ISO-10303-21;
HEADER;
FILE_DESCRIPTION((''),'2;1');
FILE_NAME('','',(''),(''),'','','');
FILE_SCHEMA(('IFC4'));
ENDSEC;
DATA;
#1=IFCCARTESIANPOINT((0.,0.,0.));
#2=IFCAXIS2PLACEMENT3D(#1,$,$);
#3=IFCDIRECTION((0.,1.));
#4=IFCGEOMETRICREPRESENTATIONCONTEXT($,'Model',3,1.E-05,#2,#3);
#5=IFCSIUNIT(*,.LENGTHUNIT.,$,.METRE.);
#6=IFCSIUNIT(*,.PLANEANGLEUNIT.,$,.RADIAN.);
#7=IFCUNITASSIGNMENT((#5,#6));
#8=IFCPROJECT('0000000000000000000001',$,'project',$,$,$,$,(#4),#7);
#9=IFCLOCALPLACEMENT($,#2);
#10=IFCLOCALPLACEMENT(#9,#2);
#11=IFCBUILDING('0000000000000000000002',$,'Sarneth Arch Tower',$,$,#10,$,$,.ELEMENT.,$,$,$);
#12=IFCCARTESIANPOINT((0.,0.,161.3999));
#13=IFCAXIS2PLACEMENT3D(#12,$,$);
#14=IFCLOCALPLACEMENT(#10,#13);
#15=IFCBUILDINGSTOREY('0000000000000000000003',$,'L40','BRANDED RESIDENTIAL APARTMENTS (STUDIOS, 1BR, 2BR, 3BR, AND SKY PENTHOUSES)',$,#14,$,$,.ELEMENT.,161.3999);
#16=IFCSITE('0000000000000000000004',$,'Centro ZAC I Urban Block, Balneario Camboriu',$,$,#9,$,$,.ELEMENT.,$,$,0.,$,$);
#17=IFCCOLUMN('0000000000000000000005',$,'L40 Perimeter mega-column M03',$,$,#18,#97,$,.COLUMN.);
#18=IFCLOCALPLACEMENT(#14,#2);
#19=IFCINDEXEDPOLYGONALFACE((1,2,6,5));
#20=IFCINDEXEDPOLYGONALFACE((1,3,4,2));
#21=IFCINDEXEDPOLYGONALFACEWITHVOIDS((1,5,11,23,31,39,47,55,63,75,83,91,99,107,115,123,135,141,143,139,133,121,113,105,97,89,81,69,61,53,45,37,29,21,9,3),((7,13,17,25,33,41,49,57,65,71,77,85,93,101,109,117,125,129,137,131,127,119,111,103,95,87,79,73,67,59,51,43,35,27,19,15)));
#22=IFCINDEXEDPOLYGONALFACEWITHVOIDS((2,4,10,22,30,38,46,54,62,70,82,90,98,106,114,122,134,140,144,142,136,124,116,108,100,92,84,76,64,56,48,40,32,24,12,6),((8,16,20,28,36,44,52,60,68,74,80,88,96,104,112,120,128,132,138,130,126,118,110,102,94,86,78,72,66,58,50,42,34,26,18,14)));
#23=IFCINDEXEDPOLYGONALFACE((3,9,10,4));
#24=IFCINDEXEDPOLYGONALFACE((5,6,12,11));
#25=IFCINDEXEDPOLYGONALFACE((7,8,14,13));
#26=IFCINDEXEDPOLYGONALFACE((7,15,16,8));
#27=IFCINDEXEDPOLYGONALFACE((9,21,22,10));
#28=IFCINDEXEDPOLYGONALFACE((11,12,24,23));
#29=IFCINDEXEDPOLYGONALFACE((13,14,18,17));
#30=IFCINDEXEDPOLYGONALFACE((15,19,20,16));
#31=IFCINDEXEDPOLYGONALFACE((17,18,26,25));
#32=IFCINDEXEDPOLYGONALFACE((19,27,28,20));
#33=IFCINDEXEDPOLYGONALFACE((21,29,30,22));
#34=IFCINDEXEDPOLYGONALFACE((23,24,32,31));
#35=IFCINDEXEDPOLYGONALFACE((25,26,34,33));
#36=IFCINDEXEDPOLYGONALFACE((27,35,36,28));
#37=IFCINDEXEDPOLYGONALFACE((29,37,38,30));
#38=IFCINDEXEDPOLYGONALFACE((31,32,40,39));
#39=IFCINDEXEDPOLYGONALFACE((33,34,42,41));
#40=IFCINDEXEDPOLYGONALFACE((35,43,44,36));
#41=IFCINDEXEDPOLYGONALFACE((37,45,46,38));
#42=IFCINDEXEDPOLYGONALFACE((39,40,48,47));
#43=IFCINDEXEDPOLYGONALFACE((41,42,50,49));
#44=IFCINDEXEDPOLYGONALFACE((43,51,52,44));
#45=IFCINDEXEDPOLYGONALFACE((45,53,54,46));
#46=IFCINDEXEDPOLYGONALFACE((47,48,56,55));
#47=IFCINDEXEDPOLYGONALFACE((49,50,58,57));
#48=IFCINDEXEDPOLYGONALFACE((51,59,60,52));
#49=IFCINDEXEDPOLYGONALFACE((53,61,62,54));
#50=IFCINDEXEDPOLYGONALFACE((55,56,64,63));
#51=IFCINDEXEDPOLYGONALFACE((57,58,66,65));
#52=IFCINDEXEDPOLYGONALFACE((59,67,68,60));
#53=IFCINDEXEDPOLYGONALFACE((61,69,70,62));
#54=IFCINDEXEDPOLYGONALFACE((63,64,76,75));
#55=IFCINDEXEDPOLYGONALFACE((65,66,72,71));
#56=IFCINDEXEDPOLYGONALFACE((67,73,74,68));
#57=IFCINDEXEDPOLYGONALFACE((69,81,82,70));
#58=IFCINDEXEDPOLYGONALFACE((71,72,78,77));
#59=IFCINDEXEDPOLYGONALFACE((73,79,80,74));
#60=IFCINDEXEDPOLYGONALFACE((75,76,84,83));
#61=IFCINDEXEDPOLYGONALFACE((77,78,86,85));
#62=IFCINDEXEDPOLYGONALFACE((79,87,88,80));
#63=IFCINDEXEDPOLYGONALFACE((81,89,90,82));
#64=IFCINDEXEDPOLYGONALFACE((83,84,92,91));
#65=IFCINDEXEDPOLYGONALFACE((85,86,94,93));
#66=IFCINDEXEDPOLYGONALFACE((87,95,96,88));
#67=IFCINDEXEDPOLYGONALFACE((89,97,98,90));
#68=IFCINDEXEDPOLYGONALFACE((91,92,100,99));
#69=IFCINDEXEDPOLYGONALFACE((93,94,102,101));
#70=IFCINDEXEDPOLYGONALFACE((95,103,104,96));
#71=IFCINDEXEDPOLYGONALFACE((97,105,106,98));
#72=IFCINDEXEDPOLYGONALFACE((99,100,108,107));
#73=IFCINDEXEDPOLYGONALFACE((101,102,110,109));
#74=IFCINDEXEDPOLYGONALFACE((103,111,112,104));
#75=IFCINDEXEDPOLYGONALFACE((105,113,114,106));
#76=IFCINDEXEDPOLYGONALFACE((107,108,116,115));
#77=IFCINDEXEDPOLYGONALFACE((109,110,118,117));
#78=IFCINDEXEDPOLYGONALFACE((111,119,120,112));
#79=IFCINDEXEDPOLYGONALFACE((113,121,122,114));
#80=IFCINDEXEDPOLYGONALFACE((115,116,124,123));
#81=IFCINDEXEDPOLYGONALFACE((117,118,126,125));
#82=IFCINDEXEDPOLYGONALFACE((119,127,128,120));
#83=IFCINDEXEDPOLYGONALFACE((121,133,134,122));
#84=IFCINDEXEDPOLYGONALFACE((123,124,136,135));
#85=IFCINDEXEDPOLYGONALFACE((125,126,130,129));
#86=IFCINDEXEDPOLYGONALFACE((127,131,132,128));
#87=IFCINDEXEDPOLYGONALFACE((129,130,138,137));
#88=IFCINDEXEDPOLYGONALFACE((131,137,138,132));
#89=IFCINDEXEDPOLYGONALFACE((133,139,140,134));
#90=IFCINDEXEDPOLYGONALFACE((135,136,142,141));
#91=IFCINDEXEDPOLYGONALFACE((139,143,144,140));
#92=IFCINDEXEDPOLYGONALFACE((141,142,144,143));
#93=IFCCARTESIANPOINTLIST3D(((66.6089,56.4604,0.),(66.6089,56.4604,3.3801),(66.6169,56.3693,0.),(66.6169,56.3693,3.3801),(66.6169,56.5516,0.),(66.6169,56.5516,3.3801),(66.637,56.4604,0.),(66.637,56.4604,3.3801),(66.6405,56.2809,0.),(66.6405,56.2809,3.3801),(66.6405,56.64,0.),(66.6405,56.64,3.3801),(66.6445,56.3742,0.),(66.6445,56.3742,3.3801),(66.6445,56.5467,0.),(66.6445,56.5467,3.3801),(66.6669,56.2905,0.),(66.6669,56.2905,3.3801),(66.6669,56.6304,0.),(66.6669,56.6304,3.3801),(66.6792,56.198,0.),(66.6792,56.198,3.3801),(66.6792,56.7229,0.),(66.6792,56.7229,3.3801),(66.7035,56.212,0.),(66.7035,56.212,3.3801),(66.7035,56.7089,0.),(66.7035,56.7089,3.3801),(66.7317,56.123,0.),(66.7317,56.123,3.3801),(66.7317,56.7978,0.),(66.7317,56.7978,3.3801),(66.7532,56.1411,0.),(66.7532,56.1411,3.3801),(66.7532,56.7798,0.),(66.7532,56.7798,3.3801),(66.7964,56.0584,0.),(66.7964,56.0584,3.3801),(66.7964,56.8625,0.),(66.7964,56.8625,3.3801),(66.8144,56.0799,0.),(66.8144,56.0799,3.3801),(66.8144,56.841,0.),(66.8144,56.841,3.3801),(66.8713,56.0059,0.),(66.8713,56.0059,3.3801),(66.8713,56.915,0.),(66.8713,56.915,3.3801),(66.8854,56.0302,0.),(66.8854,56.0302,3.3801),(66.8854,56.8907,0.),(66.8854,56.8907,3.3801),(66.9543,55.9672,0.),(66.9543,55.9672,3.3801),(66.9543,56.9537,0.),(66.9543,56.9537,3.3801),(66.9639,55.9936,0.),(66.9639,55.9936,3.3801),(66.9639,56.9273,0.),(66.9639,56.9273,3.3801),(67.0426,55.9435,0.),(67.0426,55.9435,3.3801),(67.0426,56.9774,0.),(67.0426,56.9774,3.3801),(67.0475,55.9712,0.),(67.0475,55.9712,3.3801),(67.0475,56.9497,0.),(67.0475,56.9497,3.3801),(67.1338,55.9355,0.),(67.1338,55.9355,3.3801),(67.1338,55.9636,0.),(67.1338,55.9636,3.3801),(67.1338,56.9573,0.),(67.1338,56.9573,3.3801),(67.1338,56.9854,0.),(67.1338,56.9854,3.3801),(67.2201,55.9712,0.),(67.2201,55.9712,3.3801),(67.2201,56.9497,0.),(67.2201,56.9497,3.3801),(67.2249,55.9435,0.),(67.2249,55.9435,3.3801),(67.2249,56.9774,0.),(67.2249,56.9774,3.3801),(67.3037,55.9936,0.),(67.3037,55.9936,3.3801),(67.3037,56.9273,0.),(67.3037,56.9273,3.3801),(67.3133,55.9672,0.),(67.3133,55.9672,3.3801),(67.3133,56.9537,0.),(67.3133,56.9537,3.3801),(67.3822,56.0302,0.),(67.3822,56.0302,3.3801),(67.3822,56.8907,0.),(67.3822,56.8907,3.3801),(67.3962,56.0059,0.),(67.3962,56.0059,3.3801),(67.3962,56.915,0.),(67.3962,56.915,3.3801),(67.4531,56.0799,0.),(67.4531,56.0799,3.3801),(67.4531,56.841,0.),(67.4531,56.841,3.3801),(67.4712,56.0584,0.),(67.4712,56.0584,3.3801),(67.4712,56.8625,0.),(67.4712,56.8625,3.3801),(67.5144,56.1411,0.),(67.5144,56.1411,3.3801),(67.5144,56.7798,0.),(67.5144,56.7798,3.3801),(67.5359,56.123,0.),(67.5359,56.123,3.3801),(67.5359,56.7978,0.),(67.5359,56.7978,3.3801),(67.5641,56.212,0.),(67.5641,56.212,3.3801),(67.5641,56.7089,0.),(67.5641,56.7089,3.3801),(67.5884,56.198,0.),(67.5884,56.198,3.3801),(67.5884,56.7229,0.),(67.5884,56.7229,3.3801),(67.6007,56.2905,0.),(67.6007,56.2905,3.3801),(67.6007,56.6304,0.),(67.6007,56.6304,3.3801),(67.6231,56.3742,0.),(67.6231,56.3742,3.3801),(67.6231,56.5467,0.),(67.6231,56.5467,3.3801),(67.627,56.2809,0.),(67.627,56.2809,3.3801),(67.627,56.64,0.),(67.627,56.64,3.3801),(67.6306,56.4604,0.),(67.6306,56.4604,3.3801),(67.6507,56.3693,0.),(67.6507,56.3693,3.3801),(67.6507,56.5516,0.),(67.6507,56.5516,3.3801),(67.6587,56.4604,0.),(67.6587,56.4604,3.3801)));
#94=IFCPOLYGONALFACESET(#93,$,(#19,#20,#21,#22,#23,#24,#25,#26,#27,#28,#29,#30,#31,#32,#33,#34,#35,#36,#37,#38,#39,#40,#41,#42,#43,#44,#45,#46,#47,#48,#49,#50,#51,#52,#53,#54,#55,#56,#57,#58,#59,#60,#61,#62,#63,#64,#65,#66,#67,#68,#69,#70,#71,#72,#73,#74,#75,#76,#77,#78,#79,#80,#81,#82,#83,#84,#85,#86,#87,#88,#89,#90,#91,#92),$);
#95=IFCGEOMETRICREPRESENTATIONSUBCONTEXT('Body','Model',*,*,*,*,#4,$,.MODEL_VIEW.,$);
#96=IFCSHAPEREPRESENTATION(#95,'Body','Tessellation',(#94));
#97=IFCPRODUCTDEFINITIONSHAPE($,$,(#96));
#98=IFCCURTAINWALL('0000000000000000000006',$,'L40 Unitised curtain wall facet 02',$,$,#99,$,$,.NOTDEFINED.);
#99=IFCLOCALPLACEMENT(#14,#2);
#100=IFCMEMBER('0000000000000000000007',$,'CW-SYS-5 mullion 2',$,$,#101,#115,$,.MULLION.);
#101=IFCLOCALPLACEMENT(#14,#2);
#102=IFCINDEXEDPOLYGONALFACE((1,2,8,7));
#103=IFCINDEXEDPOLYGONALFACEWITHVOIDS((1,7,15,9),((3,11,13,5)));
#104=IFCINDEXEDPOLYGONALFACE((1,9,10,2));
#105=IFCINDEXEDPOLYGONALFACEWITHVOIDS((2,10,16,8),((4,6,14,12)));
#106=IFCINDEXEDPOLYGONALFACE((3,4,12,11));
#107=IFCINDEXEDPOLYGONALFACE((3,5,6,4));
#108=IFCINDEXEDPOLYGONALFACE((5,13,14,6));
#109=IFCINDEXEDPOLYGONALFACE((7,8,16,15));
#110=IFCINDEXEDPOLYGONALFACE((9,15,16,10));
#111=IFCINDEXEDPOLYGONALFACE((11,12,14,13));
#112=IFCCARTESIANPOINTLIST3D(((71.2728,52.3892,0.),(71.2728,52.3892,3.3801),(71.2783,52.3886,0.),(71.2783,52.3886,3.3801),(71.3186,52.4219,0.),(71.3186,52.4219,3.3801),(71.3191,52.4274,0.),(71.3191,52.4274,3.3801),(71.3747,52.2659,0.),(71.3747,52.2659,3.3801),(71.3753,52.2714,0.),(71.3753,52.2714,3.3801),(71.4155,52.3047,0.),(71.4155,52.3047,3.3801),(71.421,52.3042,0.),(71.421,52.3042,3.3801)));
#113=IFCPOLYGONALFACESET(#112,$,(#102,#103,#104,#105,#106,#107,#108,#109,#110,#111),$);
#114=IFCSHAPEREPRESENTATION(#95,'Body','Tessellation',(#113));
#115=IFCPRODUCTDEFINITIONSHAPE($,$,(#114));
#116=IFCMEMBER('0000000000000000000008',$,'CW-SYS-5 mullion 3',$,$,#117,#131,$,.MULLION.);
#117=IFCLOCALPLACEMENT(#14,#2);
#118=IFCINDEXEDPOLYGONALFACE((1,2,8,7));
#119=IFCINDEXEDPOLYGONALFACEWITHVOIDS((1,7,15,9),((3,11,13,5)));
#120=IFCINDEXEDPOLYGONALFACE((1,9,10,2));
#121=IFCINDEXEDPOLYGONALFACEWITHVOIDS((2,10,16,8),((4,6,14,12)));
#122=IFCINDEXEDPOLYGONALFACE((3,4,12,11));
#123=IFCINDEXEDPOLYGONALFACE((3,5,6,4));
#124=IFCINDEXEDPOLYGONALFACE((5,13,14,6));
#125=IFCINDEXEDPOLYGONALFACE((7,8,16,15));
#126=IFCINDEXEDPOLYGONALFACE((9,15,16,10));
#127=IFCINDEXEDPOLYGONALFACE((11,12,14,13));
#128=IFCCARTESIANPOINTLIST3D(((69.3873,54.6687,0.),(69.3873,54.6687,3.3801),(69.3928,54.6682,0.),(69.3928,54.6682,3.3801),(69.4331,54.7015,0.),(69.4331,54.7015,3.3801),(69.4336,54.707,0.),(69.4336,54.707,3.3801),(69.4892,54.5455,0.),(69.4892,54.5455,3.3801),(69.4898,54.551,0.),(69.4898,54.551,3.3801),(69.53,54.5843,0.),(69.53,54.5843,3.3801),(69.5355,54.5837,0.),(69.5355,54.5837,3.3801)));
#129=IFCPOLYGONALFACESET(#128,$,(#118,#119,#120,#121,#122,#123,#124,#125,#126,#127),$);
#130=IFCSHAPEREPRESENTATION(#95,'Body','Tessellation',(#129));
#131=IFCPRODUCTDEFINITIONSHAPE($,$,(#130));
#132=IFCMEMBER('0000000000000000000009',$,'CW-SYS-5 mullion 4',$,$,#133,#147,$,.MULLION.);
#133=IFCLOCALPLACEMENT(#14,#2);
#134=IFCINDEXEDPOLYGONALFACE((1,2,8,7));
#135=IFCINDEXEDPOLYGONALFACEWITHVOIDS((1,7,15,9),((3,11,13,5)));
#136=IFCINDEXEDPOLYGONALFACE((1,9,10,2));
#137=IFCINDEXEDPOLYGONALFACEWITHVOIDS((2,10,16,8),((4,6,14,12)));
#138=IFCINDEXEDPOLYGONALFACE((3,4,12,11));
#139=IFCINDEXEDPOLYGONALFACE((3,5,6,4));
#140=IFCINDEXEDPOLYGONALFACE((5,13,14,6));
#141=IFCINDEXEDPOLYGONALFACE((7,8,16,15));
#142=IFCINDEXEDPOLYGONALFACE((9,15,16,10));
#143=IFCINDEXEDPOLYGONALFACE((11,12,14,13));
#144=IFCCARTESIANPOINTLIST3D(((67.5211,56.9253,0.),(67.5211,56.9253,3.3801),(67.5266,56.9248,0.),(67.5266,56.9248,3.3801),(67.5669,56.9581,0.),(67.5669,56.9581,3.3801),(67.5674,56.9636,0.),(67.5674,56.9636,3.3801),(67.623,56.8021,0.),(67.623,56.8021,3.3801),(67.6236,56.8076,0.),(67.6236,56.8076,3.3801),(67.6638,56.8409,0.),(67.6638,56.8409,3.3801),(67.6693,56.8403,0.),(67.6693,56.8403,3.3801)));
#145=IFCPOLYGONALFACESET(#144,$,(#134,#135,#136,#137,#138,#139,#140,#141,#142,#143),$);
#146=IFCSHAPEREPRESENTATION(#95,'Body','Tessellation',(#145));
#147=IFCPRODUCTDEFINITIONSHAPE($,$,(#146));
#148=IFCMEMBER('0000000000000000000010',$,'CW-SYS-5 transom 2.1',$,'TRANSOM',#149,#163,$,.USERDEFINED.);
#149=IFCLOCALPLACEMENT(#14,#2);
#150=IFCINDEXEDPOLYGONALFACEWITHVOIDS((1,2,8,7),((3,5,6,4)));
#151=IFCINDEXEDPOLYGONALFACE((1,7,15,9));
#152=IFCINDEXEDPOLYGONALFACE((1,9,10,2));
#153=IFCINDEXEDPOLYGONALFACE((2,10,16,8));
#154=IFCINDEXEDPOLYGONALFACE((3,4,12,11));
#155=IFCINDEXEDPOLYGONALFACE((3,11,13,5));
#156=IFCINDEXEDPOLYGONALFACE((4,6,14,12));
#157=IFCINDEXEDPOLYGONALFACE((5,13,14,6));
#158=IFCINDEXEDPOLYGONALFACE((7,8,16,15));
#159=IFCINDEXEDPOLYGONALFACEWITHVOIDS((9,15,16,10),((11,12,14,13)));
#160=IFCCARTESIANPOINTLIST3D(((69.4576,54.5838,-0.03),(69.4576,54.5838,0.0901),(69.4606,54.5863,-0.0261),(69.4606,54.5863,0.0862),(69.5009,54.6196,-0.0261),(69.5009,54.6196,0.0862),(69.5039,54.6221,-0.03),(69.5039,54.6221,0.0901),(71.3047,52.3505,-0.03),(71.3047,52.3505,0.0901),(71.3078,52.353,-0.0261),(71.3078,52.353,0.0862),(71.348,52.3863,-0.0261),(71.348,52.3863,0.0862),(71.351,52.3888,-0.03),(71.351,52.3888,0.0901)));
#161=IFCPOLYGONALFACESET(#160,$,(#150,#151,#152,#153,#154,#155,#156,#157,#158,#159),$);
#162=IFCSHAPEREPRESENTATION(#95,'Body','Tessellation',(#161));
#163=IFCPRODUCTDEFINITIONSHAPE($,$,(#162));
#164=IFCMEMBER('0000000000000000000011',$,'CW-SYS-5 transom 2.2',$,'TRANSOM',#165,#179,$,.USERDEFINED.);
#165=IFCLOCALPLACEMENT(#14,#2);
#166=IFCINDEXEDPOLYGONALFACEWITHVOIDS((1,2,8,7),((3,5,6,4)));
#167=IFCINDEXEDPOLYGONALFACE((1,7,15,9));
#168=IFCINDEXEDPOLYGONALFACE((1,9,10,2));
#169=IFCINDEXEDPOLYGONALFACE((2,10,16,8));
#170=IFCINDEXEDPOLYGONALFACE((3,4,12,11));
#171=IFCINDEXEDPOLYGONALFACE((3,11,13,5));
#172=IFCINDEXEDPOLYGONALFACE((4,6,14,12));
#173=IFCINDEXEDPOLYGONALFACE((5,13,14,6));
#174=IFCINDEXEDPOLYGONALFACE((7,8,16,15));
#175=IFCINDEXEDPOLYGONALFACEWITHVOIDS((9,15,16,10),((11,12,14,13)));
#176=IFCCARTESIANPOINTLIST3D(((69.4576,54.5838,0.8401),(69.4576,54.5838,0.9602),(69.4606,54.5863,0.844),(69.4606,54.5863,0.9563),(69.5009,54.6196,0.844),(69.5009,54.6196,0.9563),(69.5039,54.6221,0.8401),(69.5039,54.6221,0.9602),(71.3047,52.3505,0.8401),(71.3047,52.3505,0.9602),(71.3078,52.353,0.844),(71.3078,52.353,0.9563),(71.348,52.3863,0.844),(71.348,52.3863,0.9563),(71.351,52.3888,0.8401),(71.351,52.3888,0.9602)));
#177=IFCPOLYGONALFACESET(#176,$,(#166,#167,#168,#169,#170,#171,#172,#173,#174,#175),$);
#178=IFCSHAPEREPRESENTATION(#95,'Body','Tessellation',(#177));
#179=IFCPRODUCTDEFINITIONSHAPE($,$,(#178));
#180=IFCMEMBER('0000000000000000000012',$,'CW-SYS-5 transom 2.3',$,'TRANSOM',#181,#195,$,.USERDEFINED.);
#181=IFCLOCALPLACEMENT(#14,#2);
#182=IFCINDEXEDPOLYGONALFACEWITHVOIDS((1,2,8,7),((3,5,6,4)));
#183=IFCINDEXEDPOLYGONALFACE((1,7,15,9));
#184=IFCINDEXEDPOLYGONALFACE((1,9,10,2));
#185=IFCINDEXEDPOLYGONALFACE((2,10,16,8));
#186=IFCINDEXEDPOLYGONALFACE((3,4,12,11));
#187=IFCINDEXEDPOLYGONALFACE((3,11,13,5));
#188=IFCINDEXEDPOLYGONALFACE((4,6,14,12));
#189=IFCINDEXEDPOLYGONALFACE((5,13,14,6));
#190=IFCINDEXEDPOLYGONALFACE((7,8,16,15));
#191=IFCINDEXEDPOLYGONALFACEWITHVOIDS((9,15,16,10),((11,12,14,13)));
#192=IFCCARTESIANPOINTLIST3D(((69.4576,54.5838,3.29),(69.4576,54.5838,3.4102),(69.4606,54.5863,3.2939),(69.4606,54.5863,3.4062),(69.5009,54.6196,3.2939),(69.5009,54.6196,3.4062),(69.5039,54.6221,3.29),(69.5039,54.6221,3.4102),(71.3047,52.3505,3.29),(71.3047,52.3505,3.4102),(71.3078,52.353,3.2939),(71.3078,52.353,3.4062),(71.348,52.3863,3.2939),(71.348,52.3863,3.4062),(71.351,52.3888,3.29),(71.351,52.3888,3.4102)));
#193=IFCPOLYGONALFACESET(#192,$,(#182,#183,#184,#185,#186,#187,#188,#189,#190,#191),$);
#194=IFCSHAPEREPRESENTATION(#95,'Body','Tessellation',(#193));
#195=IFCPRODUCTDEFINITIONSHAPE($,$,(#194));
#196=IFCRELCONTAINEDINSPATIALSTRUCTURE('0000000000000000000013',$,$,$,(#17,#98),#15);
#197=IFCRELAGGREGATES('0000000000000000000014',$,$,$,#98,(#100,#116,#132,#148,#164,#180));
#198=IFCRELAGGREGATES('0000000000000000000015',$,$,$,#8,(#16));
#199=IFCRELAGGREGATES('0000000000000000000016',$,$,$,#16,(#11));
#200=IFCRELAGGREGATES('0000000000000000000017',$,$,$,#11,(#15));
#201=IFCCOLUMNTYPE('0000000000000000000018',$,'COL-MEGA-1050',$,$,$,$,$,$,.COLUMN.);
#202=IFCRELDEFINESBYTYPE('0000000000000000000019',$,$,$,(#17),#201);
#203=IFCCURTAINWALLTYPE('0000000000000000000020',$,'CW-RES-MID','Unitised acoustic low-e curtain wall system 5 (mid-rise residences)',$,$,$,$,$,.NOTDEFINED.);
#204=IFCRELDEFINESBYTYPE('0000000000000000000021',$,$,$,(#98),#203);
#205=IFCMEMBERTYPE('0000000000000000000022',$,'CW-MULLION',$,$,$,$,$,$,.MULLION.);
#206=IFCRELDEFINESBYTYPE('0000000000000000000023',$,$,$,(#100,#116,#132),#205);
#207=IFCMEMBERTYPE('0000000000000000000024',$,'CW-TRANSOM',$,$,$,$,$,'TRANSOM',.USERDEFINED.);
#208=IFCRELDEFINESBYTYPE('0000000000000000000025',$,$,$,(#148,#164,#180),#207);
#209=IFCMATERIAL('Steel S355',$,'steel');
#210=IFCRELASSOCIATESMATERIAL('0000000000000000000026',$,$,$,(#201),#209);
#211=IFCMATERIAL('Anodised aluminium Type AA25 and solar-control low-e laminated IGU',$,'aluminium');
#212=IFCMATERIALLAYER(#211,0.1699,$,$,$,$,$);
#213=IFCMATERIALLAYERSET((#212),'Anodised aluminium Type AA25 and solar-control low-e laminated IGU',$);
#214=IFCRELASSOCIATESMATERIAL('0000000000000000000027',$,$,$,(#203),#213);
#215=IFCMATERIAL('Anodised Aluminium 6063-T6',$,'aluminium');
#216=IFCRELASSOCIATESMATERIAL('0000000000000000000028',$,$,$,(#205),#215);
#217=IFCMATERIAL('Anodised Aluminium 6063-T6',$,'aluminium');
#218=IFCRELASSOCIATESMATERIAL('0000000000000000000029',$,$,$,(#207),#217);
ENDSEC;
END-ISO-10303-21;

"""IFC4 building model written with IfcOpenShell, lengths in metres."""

from ifc_helpers import new_model, si_unit, direction, frame, origin, origin_2d, place, context, subcontext, project, spatial, hollow_rectangle, hollow_circle, extrude, material, layer, layer_set, material_profile, profile_set, type_object, element, aggregate, save


model = new_model("IFC4")

# Units and contexts
model_context = context("Model", 3, precision=1e-05, world=origin(), true_north=direction((0.0, 1.0)))
body_context = subcontext(model_context, "Body", "Model", "MODEL_VIEW")
ifc_project = project(units=[si_unit("LENGTHUNIT", "METRE"), si_unit("PLANEANGLEUNIT", "RADIAN")], contexts=[model_context])

# Site, building, storey
site_placement = place(None, origin())
site = spatial("IfcSite", under=ifc_project, at=site_placement, Name="Centro ZAC I Urban Block, Balneario Camboriu", CompositionType="ELEMENT", RefElevation=0.0)
building_placement = place(site_placement, origin())
building = spatial("IfcBuilding", under=site, at=building_placement, Name="Sarneth Arch Tower", CompositionType="ELEMENT")
storey_placement = place(building_placement, frame((0.0, 0.0, 161.3999)))
storey = spatial("IfcBuildingStorey", under=building, at=storey_placement, Name="L40", Description="BRANDED RESIDENTIAL APARTMENTS (STUDIOS, 1BR, 2BR, 3BR, AND SKY PENTHOUSES)", CompositionType="ELEMENT", Elevation=161.3999)

# Column
ifc_material_1 = material(Name="Steel S355", Category="steel")
ifc_material_profile_1 = material_profile(ifc_material_1, hollow_circle(Radius=0.5249, WallThickness=0.0281, at=origin_2d()), Name="CHS1050x28")
ifc_profile_set_1 = profile_set([ifc_material_profile_1], Name="Steel S355")
column_type = type_object("IfcColumnType", Name="COL-MEGA-1050", PredefinedType="COLUMN", material=ifc_profile_set_1)
column_placement = place(storey_placement, frame((67.1338, 56.4604, 0.0), z_axis=(0.0, 0.0, 1.0), x_axis=(1.0, 0.0, 0.0)))
element("IfcColumn", 1, at=column_placement, inside=storey, type_object=column_type, Name="L40 Perimeter mega-column M03", PredefinedType="COLUMN", context=body_context, shape_type="SweptSolid", body=[
    extrude(hollow_circle(Radius=0.5249, WallThickness=0.0281, at=origin_2d()), origin(), (0.0, 0.0, 1.0), 3.3801),
])

# Curtain wall, members
ifc_material_2 = material(Name="Anodised aluminium Type AA25 and solar-control low-e laminated IGU", Category="aluminium")
ifc_layer_1 = layer(ifc_material_2, 0.1699)
ifc_layer_set_1 = layer_set([ifc_layer_1], Name="Anodised aluminium Type AA25 and solar-control low-e laminated IGU")
curtain_wall_type = type_object("IfcCurtainWallType", Name="CW-RES-MID", Description="Unitised acoustic low-e curtain wall system 5 (mid-rise residences)", PredefinedType="NOTDEFINED", material=ifc_layer_set_1)
curtain_wall_placement = place(storey_placement, origin())
curtain_wall = element("IfcCurtainWall", 2, at=curtain_wall_placement, inside=storey, type_object=curtain_wall_type, Name="L40 Unitised curtain wall facet 02", PredefinedType="NOTDEFINED")
ifc_material_3 = material(Name="Anodised Aluminium 6063-T6", Category="aluminium")
ifc_material_profile_2 = material_profile(ifc_material_3, hollow_rectangle(XDim=0.0601, YDim=0.1599, WallThickness=0.0039, at=origin_2d()), Name="AL-MULL-160x60x4")
ifc_profile_set_2 = profile_set([ifc_material_profile_2], Name="Anodised Aluminium 6063-T6")
member_type_1 = type_object("IfcMemberType", Name="CW-MULLION", PredefinedType="MULLION", material=ifc_profile_set_2)
member_1_placement = place(storey_placement, frame((71.3469, 52.3467, 0.0), z_axis=(0.0, 0.0, 1.0), x_axis=(-0.770591, -0.63733, 0.0)))
member_1 = element("IfcMember", 3, at=member_1_placement, type_object=member_type_1, Name="CW-SYS-5 mullion 2", PredefinedType="MULLION", context=body_context, shape_type="SweptSolid", body=[
    extrude(hollow_rectangle(XDim=0.0601, YDim=0.1599, WallThickness=0.0039, at=origin_2d()), origin(), (0.0, 0.0, 1.0), 3.3801),
])
member_2_placement = place(storey_placement, frame((69.4614, 54.6262, 0.0), z_axis=(0.0, 0.0, 1.0), x_axis=(-0.770591, -0.63733, 0.0)))
member_2 = element("IfcMember", 4, at=member_2_placement, type_object=member_type_1, Name="CW-SYS-5 mullion 3", PredefinedType="MULLION", context=body_context, shape_type="SweptSolid", body=[
    extrude(hollow_rectangle(XDim=0.0601, YDim=0.1599, WallThickness=0.0039, at=origin_2d()), origin(), (0.0, 0.0, 1.0), 3.3801),
])
member_3_placement = place(storey_placement, frame((67.5952, 56.8828, 0.0), z_axis=(0.0, 0.0, 1.0), x_axis=(-0.770591, -0.63733, 0.0)))
member_3 = element("IfcMember", 5, at=member_3_placement, type_object=member_type_1, Name="CW-SYS-5 mullion 4", PredefinedType="MULLION", context=body_context, shape_type="SweptSolid", body=[
    extrude(hollow_rectangle(XDim=0.0601, YDim=0.1599, WallThickness=0.0039, at=origin_2d()), origin(), (0.0, 0.0, 1.0), 3.3801),
])
ifc_material_4 = material(Name="Anodised Aluminium 6063-T6", Category="aluminium")
ifc_material_profile_3 = material_profile(ifc_material_4, hollow_rectangle(XDim=0.0601, YDim=0.1201, WallThickness=0.0039, at=origin_2d()), Name="AL-TRAN-120x60x4")
ifc_profile_set_3 = profile_set([ifc_material_profile_3], Name="Anodised Aluminium 6063-T6")
member_type_2 = type_object("IfcMemberType", Name="CW-TRANSOM", ElementType="TRANSOM", PredefinedType="USERDEFINED", material=ifc_profile_set_3)
member_4_placement = place(storey_placement, frame((71.3279, 52.3696, 0.03), z_axis=(-0.63733, 0.770591, 0.0), x_axis=(-0.770591, -0.63733, 0.0)))
member_4 = element("IfcMember", 6, at=member_4_placement, type_object=member_type_2, Name="CW-SYS-5 transom 2.1", ObjectType="TRANSOM", PredefinedType="USERDEFINED", context=body_context, shape_type="SweptSolid", body=[
    extrude(hollow_rectangle(XDim=0.0601, YDim=0.1201, WallThickness=0.0039, at=origin_2d()), origin(), (0.0, 0.0, 1.0), 2.8982),
])
member_5_placement = place(storey_placement, frame((71.3279, 52.3696, 0.9001), z_axis=(-0.63733, 0.770591, 0.0), x_axis=(-0.770591, -0.63733, 0.0)))
member_5 = element("IfcMember", 7, at=member_5_placement, type_object=member_type_2, Name="CW-SYS-5 transom 2.2", ObjectType="TRANSOM", PredefinedType="USERDEFINED", context=body_context, shape_type="SweptSolid", body=[
    extrude(hollow_rectangle(XDim=0.0601, YDim=0.1201, WallThickness=0.0039, at=origin_2d()), origin(), (0.0, 0.0, 1.0), 2.8982),
])
member_6_placement = place(storey_placement, frame((71.3279, 52.3696, 3.3501), z_axis=(-0.63733, 0.770591, 0.0), x_axis=(-0.770591, -0.63733, 0.0)))
member_6 = element("IfcMember", 8, at=member_6_placement, type_object=member_type_2, Name="CW-SYS-5 transom 2.3", ObjectType="TRANSOM", PredefinedType="USERDEFINED", context=body_context, shape_type="SweptSolid", body=[
    extrude(hollow_rectangle(XDim=0.0601, YDim=0.1201, WallThickness=0.0039, at=origin_2d()), origin(), (0.0, 0.0, 1.0), 2.8982),
])

aggregate(curtain_wall, [member_1, member_2, member_3, member_4, member_5, member_6])

save(model, "model.ifc")
